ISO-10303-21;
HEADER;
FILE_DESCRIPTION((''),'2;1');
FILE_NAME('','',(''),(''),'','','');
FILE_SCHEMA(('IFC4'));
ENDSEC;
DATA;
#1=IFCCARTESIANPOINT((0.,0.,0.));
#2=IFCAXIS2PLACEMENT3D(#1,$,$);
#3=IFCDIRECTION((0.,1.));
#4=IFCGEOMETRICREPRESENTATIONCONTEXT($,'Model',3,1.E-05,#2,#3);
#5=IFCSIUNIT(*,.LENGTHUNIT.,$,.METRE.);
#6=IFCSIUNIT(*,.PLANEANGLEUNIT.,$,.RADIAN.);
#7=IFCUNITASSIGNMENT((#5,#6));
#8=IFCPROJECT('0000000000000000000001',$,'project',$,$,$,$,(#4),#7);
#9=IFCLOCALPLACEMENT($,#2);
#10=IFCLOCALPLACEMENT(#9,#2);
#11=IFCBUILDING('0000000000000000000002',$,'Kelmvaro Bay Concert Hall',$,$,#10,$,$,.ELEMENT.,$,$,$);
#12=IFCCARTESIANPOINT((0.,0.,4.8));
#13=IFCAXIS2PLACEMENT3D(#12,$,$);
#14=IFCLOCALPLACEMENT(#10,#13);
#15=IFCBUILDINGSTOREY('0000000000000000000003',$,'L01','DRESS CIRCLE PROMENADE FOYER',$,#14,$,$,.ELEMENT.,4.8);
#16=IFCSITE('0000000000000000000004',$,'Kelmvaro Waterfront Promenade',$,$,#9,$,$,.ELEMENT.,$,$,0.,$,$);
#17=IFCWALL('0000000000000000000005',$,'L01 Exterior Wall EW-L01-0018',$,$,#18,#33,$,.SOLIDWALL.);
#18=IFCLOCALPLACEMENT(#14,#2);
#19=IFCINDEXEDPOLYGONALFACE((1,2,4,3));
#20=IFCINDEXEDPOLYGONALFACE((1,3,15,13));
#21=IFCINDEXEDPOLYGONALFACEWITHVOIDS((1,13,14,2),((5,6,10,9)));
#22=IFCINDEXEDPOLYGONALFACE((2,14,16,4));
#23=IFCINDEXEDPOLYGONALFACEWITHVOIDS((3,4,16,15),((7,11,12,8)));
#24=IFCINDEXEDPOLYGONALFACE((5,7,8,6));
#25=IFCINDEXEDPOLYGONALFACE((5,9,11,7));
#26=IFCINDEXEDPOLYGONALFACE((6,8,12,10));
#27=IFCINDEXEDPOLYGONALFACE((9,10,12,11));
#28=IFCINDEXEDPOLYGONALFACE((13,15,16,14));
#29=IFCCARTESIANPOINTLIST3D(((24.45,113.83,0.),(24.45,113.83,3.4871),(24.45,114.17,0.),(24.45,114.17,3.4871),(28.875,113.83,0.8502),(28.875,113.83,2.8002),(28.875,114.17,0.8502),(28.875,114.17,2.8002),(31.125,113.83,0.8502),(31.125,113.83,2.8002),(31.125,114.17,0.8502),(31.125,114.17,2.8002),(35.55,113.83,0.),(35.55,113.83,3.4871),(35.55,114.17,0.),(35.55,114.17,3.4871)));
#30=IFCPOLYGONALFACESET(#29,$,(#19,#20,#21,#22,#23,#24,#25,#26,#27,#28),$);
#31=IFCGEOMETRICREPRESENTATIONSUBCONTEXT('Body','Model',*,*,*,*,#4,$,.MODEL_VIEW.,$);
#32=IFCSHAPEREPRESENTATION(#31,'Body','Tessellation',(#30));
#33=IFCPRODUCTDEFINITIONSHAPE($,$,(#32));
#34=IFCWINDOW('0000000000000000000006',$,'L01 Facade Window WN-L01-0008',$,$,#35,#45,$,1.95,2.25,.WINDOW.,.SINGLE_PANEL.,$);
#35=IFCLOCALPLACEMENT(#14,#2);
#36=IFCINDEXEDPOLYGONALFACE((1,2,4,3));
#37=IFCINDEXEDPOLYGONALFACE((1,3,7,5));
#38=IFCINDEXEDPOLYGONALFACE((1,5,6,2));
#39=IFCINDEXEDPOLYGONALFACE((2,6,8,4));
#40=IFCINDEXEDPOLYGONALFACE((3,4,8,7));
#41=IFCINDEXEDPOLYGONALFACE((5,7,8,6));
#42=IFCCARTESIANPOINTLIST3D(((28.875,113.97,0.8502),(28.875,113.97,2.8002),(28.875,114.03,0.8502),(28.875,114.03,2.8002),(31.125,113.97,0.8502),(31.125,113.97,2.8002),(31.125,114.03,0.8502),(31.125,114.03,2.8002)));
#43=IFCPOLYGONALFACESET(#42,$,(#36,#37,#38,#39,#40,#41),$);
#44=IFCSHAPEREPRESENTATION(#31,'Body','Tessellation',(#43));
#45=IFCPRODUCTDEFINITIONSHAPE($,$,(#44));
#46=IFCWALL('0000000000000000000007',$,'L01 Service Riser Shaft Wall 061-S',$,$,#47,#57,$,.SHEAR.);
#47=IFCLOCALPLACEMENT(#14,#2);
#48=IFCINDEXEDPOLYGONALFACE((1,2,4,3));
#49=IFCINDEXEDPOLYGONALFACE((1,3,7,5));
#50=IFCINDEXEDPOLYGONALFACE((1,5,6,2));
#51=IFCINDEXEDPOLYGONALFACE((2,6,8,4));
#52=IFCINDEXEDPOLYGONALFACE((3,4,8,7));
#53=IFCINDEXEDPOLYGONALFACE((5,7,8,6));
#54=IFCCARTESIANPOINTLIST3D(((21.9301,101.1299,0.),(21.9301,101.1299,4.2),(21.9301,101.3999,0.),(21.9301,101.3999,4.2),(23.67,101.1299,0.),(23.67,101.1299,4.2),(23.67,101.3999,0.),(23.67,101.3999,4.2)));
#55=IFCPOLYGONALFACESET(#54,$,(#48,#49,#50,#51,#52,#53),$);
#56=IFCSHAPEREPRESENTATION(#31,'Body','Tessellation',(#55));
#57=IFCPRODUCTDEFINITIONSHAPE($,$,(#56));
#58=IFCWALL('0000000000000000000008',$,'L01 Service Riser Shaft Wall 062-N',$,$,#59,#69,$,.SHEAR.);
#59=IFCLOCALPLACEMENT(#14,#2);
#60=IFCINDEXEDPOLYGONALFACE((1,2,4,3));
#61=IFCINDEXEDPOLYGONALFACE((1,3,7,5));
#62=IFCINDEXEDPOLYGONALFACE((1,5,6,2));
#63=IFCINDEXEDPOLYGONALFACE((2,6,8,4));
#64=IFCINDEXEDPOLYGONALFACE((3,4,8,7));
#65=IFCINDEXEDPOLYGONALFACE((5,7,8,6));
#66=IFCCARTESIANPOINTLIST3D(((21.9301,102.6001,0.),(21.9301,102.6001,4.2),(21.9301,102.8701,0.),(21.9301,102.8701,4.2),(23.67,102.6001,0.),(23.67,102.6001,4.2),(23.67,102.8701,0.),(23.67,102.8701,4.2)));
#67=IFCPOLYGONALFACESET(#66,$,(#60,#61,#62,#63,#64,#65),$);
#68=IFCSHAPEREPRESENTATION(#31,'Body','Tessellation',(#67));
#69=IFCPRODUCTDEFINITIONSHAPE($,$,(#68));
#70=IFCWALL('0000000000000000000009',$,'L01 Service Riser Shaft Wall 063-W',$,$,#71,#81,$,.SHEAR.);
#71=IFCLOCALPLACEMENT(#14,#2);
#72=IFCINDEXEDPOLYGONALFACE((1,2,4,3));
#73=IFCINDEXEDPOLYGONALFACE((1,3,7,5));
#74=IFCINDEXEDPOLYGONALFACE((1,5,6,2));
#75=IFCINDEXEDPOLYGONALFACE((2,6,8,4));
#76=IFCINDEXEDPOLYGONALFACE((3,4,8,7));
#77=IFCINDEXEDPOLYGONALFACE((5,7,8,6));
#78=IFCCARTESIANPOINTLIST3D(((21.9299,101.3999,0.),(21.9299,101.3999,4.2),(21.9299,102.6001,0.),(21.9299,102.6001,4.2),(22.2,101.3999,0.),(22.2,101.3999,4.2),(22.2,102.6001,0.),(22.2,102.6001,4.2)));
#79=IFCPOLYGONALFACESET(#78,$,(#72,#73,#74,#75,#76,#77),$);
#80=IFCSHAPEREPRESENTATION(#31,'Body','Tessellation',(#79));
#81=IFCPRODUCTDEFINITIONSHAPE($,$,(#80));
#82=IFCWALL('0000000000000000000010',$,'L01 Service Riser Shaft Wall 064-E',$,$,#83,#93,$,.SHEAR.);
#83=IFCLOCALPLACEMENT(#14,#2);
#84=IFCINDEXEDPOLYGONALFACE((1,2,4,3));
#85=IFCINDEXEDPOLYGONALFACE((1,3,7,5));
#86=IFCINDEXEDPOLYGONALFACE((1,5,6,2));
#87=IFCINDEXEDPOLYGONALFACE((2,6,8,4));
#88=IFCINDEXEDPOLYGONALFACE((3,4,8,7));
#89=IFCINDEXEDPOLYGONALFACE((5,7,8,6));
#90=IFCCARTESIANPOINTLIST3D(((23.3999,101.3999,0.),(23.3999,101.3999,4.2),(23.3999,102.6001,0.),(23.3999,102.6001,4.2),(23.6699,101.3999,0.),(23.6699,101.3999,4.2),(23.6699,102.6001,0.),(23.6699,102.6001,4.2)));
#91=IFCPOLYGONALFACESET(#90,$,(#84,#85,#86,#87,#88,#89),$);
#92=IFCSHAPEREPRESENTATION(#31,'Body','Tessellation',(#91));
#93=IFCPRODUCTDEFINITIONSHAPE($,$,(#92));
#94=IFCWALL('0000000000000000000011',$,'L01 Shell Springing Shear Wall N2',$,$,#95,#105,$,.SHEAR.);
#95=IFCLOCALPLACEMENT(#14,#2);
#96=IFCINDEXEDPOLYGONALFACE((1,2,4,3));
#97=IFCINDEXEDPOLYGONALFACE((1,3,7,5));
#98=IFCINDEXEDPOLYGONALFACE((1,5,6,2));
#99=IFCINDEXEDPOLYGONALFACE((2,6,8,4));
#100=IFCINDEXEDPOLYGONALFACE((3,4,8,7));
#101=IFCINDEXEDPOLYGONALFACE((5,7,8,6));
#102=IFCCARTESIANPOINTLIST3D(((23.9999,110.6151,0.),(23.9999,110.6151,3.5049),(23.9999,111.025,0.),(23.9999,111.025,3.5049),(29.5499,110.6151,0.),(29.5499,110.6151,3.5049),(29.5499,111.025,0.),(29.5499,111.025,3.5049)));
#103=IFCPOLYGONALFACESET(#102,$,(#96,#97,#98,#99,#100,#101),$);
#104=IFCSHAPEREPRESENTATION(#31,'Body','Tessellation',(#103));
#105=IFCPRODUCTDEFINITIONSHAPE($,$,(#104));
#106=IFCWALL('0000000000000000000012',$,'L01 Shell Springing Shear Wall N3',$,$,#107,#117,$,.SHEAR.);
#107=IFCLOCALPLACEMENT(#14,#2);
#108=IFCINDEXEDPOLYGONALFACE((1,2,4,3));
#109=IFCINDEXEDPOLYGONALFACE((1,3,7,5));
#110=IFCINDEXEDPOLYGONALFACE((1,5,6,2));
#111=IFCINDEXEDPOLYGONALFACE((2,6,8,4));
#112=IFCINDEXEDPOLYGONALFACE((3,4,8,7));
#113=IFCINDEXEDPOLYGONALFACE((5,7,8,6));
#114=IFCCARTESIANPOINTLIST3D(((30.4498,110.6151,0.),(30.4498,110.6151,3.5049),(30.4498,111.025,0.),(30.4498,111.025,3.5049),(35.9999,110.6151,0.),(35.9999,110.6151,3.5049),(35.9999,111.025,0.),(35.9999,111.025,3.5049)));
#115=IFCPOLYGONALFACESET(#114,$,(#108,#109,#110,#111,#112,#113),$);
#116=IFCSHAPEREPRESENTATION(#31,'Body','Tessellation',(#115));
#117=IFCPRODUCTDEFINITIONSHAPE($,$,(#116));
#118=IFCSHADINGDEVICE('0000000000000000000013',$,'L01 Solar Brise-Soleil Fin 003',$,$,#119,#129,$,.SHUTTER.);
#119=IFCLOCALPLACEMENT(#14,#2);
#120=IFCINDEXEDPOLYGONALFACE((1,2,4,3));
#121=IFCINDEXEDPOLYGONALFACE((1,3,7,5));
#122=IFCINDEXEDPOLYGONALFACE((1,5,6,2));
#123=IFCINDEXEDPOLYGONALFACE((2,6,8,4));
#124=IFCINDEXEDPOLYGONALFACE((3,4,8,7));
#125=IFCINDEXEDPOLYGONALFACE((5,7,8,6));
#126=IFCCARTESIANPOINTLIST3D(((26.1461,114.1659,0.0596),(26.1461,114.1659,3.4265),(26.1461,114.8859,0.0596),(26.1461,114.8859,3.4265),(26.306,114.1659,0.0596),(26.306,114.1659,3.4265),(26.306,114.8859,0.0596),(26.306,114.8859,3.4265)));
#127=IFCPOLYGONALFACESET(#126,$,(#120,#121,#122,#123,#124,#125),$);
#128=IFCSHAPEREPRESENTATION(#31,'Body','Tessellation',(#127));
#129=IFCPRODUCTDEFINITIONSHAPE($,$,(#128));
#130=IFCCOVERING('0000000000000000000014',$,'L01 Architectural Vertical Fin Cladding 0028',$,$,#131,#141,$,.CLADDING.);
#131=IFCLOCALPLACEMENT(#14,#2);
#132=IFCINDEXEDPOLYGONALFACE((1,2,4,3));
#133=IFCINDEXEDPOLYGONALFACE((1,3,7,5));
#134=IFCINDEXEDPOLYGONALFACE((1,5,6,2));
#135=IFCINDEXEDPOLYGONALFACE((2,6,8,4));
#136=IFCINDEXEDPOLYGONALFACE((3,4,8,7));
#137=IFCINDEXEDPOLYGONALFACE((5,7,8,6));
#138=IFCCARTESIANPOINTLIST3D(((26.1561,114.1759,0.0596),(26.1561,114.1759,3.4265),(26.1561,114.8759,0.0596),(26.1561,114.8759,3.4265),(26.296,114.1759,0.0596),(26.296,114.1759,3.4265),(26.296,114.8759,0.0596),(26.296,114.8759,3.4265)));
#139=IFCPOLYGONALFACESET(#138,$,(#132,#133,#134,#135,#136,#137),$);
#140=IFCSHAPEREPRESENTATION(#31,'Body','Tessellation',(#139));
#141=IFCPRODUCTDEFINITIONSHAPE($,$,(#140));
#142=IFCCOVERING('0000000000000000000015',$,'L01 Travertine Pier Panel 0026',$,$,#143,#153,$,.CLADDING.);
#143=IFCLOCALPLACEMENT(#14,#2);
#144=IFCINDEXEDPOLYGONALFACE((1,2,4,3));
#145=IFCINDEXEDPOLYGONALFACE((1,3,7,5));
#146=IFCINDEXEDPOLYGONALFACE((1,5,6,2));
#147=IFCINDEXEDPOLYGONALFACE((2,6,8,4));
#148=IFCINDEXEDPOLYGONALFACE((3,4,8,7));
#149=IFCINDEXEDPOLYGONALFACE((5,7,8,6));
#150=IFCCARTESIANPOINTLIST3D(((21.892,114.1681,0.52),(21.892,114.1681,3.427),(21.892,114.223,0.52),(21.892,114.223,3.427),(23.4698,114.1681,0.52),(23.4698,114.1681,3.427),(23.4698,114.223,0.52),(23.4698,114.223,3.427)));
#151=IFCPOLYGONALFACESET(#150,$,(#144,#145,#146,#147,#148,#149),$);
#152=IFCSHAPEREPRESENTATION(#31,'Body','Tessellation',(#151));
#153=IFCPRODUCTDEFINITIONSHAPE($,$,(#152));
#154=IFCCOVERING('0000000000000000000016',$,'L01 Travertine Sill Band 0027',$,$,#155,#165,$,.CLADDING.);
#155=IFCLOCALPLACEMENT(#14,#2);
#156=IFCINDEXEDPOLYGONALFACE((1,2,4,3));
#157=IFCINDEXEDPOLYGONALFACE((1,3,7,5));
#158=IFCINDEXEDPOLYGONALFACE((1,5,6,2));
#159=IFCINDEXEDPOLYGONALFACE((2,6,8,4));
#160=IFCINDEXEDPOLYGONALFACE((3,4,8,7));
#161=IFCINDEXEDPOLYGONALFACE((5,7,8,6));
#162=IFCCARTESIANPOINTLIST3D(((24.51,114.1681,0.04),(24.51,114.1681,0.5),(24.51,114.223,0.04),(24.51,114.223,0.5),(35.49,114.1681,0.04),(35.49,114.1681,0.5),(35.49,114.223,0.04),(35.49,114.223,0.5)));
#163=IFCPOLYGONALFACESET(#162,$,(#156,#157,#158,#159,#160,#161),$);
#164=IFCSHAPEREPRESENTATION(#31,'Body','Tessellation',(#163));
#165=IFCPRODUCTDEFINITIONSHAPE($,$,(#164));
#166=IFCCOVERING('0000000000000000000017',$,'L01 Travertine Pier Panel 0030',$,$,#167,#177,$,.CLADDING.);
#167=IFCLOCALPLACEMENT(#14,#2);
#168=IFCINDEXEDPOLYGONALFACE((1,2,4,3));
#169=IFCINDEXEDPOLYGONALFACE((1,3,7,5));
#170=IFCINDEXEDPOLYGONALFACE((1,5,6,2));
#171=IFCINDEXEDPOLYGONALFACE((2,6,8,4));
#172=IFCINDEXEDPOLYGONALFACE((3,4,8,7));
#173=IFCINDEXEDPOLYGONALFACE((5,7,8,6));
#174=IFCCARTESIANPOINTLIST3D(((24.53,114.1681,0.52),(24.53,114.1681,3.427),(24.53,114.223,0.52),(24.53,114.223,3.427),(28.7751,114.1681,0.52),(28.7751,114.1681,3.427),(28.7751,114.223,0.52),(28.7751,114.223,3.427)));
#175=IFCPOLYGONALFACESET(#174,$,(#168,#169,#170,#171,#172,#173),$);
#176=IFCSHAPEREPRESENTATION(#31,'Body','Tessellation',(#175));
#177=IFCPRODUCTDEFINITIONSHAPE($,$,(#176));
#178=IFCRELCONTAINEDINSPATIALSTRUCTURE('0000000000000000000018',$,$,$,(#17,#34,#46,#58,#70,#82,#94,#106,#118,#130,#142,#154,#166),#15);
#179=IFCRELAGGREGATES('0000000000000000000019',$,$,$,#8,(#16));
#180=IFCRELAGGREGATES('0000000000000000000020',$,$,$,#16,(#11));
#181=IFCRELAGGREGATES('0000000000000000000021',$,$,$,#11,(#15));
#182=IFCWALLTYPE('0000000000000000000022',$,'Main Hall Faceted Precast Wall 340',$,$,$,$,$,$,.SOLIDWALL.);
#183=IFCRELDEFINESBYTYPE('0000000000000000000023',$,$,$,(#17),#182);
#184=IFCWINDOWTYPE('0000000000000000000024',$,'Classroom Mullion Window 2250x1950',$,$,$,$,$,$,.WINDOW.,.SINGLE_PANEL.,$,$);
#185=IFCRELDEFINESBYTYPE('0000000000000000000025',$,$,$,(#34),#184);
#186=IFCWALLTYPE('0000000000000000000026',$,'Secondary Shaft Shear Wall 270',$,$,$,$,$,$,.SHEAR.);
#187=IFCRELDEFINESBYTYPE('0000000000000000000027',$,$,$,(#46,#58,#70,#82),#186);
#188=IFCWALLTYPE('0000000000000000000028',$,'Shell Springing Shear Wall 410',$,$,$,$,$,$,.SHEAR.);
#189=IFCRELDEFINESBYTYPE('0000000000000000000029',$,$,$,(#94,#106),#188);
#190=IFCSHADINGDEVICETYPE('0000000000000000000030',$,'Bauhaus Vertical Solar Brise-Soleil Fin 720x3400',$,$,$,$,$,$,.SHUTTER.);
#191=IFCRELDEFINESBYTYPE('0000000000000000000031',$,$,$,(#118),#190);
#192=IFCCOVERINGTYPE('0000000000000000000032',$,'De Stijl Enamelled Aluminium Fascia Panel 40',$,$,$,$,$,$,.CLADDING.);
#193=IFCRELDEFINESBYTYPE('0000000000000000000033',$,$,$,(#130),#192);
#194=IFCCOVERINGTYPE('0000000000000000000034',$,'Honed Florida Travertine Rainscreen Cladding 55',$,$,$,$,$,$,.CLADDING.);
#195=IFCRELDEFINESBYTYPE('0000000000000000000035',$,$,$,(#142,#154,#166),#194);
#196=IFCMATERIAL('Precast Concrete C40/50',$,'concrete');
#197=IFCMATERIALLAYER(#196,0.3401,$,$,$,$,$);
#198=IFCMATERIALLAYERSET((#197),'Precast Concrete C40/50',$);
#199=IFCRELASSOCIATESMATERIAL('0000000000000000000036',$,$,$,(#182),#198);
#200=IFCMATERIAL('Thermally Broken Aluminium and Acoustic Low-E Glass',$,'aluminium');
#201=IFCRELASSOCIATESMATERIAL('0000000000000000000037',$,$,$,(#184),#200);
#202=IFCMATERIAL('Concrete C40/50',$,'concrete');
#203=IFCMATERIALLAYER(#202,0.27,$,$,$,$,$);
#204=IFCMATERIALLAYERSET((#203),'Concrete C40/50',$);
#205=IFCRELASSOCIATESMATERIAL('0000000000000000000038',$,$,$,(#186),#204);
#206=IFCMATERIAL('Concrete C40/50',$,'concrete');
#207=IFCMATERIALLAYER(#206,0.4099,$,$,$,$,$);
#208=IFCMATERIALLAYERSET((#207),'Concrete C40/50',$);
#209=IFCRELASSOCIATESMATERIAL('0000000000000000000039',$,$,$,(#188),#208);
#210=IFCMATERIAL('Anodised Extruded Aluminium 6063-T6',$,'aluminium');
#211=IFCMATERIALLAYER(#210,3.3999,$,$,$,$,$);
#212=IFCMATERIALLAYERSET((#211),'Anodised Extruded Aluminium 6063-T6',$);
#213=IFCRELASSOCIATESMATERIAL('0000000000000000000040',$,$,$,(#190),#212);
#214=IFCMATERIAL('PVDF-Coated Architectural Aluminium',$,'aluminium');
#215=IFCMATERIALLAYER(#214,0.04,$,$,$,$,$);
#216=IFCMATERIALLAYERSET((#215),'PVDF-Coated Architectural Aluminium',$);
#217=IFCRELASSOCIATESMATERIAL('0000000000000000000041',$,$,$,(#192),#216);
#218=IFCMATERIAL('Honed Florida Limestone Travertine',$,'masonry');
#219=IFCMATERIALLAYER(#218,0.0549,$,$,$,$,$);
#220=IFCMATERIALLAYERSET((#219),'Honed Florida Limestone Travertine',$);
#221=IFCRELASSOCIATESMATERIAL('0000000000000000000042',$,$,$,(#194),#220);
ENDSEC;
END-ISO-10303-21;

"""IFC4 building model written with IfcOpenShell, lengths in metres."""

from ifc_helpers import new_model, si_unit, direction, frame, frame_2d, origin, origin_2d, place, context, subcontext, project, spatial, rectangle, extrude, material, layer, layer_set, type_object, element, fill, save


model = new_model("IFC4")

# Units and contexts
model_context = context("Model", 3, precision=1e-05, world=origin(), true_north=direction((0.0, 1.0)))
body_context = subcontext(model_context, "Body", "Model", "MODEL_VIEW")
ifc_project = project(units=[si_unit("LENGTHUNIT", "METRE"), si_unit("PLANEANGLEUNIT", "RADIAN")], contexts=[model_context])

# Site, building, storey
site_placement = place(None, origin())
site = spatial("IfcSite", under=ifc_project, at=site_placement, Name="Kelmvaro Waterfront Promenade", CompositionType="ELEMENT", RefElevation=0.0)
building_placement = place(site_placement, origin())
building = spatial("IfcBuilding", under=site, at=building_placement, Name="Kelmvaro Bay Concert Hall", CompositionType="ELEMENT")
storey_placement = place(building_placement, frame((0.0, 0.0, 4.8)))
storey = spatial("IfcBuildingStorey", under=building, at=storey_placement, Name="L01", Description="DRESS CIRCLE PROMENADE FOYER", CompositionType="ELEMENT", Elevation=4.8)

# Wall, opening, window
ifc_material_1 = material(Name="Precast Concrete C40/50", Category="concrete")
ifc_layer_1 = layer(ifc_material_1, 0.3401)
ifc_layer_set_1 = layer_set([ifc_layer_1], Name="Precast Concrete C40/50")
wall_type_1 = type_object("IfcWallType", Name="Main Hall Faceted Precast Wall 340", PredefinedType="SOLIDWALL", material=ifc_layer_set_1)
wall_placement = place(storey_placement, frame((24.45, 114.0, 0.0), z_axis=(0.0, 0.0, 1.0), x_axis=(1.0, 0.0, 0.0)))
wall = element("IfcWall", 1, at=wall_placement, inside=storey, type_object=wall_type_1, Name="L01 Exterior Wall EW-L01-0018", PredefinedType="SOLIDWALL", context=body_context, shape_type="SweptSolid", body=[
    extrude(rectangle(XDim=11.1001, YDim=0.3401, at=frame_2d((5.55, 0.0))), origin(), (0.0, 0.0, 1.0), 3.4871),
])
opening_placement = place(wall_placement, frame((4.425, 0.0, 0.8501)))
opening = element("IfcOpeningElement", 2, at=opening_placement, cuts=wall, PredefinedType="OPENING", context=body_context, shape_type="SweptSolid", body=[
    extrude(rectangle(XDim=2.25, YDim=1.95, at=frame_2d((1.125, 0.9751))), frame((0.0, 0.1799, 0.0), z_axis=(0.0, -1.0, 0.0), x_axis=(1.0, 0.0, 0.0)), (0.0, 0.0, 1.0), 0.3601),
])
ifc_material_2 = material(Name="Thermally Broken Aluminium and Acoustic Low-E Glass", Category="aluminium")
window_type = type_object("IfcWindowType", Name="Classroom Mullion Window 2250x1950", PartitioningType="SINGLE_PANEL", PredefinedType="WINDOW", material=ifc_material_2)
window_placement = place(opening_placement, origin())
window = element("IfcWindow", 3, at=window_placement, inside=storey, type_object=window_type, Name="L01 Facade Window WN-L01-0008", OverallHeight=1.95, OverallWidth=2.25, PartitioningType="SINGLE_PANEL", PredefinedType="WINDOW", context=body_context, shape_type="SweptSolid", body=[
    extrude(rectangle(XDim=2.25, YDim=1.95, at=frame_2d((1.125, 0.9751))), frame((0.0, 0.03, 0.0), z_axis=(0.0, -1.0, 0.0), x_axis=(1.0, 0.0, 0.0)), (0.0, 0.0, 1.0), 0.0601),
])
fill(opening, window)

# Walls
ifc_material_3 = material(Name="Concrete C40/50", Category="concrete")
ifc_layer_2 = layer(ifc_material_3, 0.27)
ifc_layer_set_2 = layer_set([ifc_layer_2], Name="Concrete C40/50")
wall_type_2 = type_object("IfcWallType", Name="Secondary Shaft Shear Wall 270", PredefinedType="SHEAR", material=ifc_layer_set_2)
for number, where, z_axis, x_axis, name in (
    (4, (21.9299, 101.2649, 0.0), (0.0, 0.0, 1.0), (1.0, 0.0, 0.0), "L01 Service Riser Shaft Wall 061-S"),
    (5, (21.9299, 102.7351, 0.0), (0.0, 0.0, 1.0), (1.0, 0.0, 0.0), "L01 Service Riser Shaft Wall 062-N"),
):
    element("IfcWall", number, at=place(storey_placement, frame(where, z_axis=z_axis, x_axis=x_axis)), inside=storey, type_object=wall_type_2, Name=name, PredefinedType="SHEAR", context=body_context, shape_type="SweptSolid", body=[
        extrude(rectangle(XDim=1.74, YDim=0.27, at=frame_2d((0.8701, 0.0))), origin(), (0.0, 0.0, 1.0), 4.2),
    ])
for number, where, z_axis, x_axis, name in (
    (6, (22.0649, 101.3999, 0.0), (0.0, 0.0, 1.0), (0.0, 1.0, 0.0), "L01 Service Riser Shaft Wall 063-W"),
    (7, (23.5349, 101.3999, 0.0), (0.0, 0.0, 1.0), (0.0, 1.0, 0.0), "L01 Service Riser Shaft Wall 064-E"),
):
    element("IfcWall", number, at=place(storey_placement, frame(where, z_axis=z_axis, x_axis=x_axis)), inside=storey, type_object=wall_type_2, Name=name, PredefinedType="SHEAR", context=body_context, shape_type="SweptSolid", body=[
        extrude(rectangle(XDim=1.2002, YDim=0.27, at=frame_2d((0.6001, 0.0))), origin(), (0.0, 0.0, 1.0), 4.2),
    ])
ifc_material_4 = material(Name="Concrete C40/50", Category="concrete")
ifc_layer_3 = layer(ifc_material_4, 0.4099)
ifc_layer_set_3 = layer_set([ifc_layer_3], Name="Concrete C40/50")
wall_type_3 = type_object("IfcWallType", Name="Shell Springing Shear Wall 410", PredefinedType="SHEAR", material=ifc_layer_set_3)
for number, where, z_axis, x_axis, name in (
    (8, (24.0, 110.8201, 0.0), (0.0, 0.0, 1.0), (1.0, 0.0, 0.0), "L01 Shell Springing Shear Wall N2"),
    (9, (30.45, 110.8201, 0.0), (0.0, 0.0, 1.0), (1.0, 0.0, 0.0), "L01 Shell Springing Shear Wall N3"),
):
    element("IfcWall", number, at=place(storey_placement, frame(where, z_axis=z_axis, x_axis=x_axis)), inside=storey, type_object=wall_type_3, Name=name, PredefinedType="SHEAR", context=body_context, shape_type="SweptSolid", body=[
        extrude(rectangle(XDim=5.55, YDim=0.4099, at=frame_2d((2.7749, 0.0))), origin(), (0.0, 0.0, 1.0), 3.5049),
    ])

# Shading device
ifc_material_5 = material(Name="Anodised Extruded Aluminium 6063-T6", Category="aluminium")
ifc_layer_4 = layer(ifc_material_5, 3.3999)
ifc_layer_set_4 = layer_set([ifc_layer_4], Name="Anodised Extruded Aluminium 6063-T6")
shading_device_type = type_object("IfcShadingDeviceType", Name="Bauhaus Vertical Solar Brise-Soleil Fin 720x3400", PredefinedType="SHUTTER", material=ifc_layer_set_4)
shading_device_placement = place(storey_placement, frame((26.2261, 114.5259, 0.0596), z_axis=(0.0, 0.0, 1.0), x_axis=(1.0, 0.0, 0.0)))
element("IfcShadingDevice", 10, at=shading_device_placement, inside=storey, type_object=shading_device_type, Name="L01 Solar Brise-Soleil Fin 003", PredefinedType="SHUTTER", context=body_context, shape_type="SweptSolid", body=[
    extrude(rectangle(XDim=0.1599, YDim=0.72, at=origin_2d()), origin(), (0.0, 0.0, 1.0), 3.3669),
])

# Coverings
ifc_material_6 = material(Name="PVDF-Coated Architectural Aluminium", Category="aluminium")
ifc_layer_5 = layer(ifc_material_6, 0.04)
ifc_layer_set_5 = layer_set([ifc_layer_5], Name="PVDF-Coated Architectural Aluminium")
covering_type_1 = type_object("IfcCoveringType", Name="De Stijl Enamelled Aluminium Fascia Panel 40", PredefinedType="CLADDING", material=ifc_layer_set_5)
covering_1_placement = place(storey_placement, frame((26.2261, 114.5259, 0.0596), z_axis=(0.0, 0.0, 1.0), x_axis=(1.0, 0.0, 0.0)))
element("IfcCovering", 11, at=covering_1_placement, inside=storey, type_object=covering_type_1, Name="L01 Architectural Vertical Fin Cladding 0028", PredefinedType="CLADDING", context=body_context, shape_type="SweptSolid", body=[
    extrude(rectangle(XDim=0.1399, YDim=0.7, at=origin_2d()), origin(), (0.0, 0.0, 1.0), 3.3669),
])
ifc_material_7 = material(Name="Honed Florida Limestone Travertine", Category="masonry")
ifc_layer_6 = layer(ifc_material_7, 0.0549)
ifc_layer_set_6 = layer_set([ifc_layer_6], Name="Honed Florida Limestone Travertine")
covering_type_2 = type_object("IfcCoveringType", Name="Honed Florida Travertine Rainscreen Cladding 55", PredefinedType="CLADDING", material=ifc_layer_set_6)
covering_2_placement = place(storey_placement, frame((22.6809, 114.1956, 0.52), z_axis=(0.0, 0.0, 1.0), x_axis=(1.0, 0.0, 0.0)))
element("IfcCovering", 12, at=covering_2_placement, inside=storey, type_object=covering_type_2, Name="L01 Travertine Pier Panel 0026", PredefinedType="CLADDING", context=body_context, shape_type="SweptSolid", body=[
    extrude(rectangle(XDim=1.5779, YDim=0.0549, at=origin_2d()), origin(), (0.0, 0.0, 1.0), 2.907),
])
covering_3_placement = place(storey_placement, frame((30.0, 114.1956, 0.04), z_axis=(0.0, 0.0, 1.0), x_axis=(1.0, 0.0, 0.0)))
element("IfcCovering", 13, at=covering_3_placement, inside=storey, type_object=covering_type_2, Name="L01 Travertine Sill Band 0027", PredefinedType="CLADDING", context=body_context, shape_type="SweptSolid", body=[
    extrude(rectangle(XDim=10.98, YDim=0.0549, at=origin_2d()), origin(), (0.0, 0.0, 1.0), 0.46),
])
covering_4_placement = place(storey_placement, frame((26.6526, 114.1956, 0.52), z_axis=(0.0, 0.0, 1.0), x_axis=(1.0, 0.0, 0.0)))
element("IfcCovering", 14, at=covering_4_placement, inside=storey, type_object=covering_type_2, Name="L01 Travertine Pier Panel 0030", PredefinedType="CLADDING", context=body_context, shape_type="SweptSolid", body=[
    extrude(rectangle(XDim=4.2451, YDim=0.0549, at=origin_2d()), origin(), (0.0, 0.0, 1.0), 2.907),
])

save(model, "model.ifc")
